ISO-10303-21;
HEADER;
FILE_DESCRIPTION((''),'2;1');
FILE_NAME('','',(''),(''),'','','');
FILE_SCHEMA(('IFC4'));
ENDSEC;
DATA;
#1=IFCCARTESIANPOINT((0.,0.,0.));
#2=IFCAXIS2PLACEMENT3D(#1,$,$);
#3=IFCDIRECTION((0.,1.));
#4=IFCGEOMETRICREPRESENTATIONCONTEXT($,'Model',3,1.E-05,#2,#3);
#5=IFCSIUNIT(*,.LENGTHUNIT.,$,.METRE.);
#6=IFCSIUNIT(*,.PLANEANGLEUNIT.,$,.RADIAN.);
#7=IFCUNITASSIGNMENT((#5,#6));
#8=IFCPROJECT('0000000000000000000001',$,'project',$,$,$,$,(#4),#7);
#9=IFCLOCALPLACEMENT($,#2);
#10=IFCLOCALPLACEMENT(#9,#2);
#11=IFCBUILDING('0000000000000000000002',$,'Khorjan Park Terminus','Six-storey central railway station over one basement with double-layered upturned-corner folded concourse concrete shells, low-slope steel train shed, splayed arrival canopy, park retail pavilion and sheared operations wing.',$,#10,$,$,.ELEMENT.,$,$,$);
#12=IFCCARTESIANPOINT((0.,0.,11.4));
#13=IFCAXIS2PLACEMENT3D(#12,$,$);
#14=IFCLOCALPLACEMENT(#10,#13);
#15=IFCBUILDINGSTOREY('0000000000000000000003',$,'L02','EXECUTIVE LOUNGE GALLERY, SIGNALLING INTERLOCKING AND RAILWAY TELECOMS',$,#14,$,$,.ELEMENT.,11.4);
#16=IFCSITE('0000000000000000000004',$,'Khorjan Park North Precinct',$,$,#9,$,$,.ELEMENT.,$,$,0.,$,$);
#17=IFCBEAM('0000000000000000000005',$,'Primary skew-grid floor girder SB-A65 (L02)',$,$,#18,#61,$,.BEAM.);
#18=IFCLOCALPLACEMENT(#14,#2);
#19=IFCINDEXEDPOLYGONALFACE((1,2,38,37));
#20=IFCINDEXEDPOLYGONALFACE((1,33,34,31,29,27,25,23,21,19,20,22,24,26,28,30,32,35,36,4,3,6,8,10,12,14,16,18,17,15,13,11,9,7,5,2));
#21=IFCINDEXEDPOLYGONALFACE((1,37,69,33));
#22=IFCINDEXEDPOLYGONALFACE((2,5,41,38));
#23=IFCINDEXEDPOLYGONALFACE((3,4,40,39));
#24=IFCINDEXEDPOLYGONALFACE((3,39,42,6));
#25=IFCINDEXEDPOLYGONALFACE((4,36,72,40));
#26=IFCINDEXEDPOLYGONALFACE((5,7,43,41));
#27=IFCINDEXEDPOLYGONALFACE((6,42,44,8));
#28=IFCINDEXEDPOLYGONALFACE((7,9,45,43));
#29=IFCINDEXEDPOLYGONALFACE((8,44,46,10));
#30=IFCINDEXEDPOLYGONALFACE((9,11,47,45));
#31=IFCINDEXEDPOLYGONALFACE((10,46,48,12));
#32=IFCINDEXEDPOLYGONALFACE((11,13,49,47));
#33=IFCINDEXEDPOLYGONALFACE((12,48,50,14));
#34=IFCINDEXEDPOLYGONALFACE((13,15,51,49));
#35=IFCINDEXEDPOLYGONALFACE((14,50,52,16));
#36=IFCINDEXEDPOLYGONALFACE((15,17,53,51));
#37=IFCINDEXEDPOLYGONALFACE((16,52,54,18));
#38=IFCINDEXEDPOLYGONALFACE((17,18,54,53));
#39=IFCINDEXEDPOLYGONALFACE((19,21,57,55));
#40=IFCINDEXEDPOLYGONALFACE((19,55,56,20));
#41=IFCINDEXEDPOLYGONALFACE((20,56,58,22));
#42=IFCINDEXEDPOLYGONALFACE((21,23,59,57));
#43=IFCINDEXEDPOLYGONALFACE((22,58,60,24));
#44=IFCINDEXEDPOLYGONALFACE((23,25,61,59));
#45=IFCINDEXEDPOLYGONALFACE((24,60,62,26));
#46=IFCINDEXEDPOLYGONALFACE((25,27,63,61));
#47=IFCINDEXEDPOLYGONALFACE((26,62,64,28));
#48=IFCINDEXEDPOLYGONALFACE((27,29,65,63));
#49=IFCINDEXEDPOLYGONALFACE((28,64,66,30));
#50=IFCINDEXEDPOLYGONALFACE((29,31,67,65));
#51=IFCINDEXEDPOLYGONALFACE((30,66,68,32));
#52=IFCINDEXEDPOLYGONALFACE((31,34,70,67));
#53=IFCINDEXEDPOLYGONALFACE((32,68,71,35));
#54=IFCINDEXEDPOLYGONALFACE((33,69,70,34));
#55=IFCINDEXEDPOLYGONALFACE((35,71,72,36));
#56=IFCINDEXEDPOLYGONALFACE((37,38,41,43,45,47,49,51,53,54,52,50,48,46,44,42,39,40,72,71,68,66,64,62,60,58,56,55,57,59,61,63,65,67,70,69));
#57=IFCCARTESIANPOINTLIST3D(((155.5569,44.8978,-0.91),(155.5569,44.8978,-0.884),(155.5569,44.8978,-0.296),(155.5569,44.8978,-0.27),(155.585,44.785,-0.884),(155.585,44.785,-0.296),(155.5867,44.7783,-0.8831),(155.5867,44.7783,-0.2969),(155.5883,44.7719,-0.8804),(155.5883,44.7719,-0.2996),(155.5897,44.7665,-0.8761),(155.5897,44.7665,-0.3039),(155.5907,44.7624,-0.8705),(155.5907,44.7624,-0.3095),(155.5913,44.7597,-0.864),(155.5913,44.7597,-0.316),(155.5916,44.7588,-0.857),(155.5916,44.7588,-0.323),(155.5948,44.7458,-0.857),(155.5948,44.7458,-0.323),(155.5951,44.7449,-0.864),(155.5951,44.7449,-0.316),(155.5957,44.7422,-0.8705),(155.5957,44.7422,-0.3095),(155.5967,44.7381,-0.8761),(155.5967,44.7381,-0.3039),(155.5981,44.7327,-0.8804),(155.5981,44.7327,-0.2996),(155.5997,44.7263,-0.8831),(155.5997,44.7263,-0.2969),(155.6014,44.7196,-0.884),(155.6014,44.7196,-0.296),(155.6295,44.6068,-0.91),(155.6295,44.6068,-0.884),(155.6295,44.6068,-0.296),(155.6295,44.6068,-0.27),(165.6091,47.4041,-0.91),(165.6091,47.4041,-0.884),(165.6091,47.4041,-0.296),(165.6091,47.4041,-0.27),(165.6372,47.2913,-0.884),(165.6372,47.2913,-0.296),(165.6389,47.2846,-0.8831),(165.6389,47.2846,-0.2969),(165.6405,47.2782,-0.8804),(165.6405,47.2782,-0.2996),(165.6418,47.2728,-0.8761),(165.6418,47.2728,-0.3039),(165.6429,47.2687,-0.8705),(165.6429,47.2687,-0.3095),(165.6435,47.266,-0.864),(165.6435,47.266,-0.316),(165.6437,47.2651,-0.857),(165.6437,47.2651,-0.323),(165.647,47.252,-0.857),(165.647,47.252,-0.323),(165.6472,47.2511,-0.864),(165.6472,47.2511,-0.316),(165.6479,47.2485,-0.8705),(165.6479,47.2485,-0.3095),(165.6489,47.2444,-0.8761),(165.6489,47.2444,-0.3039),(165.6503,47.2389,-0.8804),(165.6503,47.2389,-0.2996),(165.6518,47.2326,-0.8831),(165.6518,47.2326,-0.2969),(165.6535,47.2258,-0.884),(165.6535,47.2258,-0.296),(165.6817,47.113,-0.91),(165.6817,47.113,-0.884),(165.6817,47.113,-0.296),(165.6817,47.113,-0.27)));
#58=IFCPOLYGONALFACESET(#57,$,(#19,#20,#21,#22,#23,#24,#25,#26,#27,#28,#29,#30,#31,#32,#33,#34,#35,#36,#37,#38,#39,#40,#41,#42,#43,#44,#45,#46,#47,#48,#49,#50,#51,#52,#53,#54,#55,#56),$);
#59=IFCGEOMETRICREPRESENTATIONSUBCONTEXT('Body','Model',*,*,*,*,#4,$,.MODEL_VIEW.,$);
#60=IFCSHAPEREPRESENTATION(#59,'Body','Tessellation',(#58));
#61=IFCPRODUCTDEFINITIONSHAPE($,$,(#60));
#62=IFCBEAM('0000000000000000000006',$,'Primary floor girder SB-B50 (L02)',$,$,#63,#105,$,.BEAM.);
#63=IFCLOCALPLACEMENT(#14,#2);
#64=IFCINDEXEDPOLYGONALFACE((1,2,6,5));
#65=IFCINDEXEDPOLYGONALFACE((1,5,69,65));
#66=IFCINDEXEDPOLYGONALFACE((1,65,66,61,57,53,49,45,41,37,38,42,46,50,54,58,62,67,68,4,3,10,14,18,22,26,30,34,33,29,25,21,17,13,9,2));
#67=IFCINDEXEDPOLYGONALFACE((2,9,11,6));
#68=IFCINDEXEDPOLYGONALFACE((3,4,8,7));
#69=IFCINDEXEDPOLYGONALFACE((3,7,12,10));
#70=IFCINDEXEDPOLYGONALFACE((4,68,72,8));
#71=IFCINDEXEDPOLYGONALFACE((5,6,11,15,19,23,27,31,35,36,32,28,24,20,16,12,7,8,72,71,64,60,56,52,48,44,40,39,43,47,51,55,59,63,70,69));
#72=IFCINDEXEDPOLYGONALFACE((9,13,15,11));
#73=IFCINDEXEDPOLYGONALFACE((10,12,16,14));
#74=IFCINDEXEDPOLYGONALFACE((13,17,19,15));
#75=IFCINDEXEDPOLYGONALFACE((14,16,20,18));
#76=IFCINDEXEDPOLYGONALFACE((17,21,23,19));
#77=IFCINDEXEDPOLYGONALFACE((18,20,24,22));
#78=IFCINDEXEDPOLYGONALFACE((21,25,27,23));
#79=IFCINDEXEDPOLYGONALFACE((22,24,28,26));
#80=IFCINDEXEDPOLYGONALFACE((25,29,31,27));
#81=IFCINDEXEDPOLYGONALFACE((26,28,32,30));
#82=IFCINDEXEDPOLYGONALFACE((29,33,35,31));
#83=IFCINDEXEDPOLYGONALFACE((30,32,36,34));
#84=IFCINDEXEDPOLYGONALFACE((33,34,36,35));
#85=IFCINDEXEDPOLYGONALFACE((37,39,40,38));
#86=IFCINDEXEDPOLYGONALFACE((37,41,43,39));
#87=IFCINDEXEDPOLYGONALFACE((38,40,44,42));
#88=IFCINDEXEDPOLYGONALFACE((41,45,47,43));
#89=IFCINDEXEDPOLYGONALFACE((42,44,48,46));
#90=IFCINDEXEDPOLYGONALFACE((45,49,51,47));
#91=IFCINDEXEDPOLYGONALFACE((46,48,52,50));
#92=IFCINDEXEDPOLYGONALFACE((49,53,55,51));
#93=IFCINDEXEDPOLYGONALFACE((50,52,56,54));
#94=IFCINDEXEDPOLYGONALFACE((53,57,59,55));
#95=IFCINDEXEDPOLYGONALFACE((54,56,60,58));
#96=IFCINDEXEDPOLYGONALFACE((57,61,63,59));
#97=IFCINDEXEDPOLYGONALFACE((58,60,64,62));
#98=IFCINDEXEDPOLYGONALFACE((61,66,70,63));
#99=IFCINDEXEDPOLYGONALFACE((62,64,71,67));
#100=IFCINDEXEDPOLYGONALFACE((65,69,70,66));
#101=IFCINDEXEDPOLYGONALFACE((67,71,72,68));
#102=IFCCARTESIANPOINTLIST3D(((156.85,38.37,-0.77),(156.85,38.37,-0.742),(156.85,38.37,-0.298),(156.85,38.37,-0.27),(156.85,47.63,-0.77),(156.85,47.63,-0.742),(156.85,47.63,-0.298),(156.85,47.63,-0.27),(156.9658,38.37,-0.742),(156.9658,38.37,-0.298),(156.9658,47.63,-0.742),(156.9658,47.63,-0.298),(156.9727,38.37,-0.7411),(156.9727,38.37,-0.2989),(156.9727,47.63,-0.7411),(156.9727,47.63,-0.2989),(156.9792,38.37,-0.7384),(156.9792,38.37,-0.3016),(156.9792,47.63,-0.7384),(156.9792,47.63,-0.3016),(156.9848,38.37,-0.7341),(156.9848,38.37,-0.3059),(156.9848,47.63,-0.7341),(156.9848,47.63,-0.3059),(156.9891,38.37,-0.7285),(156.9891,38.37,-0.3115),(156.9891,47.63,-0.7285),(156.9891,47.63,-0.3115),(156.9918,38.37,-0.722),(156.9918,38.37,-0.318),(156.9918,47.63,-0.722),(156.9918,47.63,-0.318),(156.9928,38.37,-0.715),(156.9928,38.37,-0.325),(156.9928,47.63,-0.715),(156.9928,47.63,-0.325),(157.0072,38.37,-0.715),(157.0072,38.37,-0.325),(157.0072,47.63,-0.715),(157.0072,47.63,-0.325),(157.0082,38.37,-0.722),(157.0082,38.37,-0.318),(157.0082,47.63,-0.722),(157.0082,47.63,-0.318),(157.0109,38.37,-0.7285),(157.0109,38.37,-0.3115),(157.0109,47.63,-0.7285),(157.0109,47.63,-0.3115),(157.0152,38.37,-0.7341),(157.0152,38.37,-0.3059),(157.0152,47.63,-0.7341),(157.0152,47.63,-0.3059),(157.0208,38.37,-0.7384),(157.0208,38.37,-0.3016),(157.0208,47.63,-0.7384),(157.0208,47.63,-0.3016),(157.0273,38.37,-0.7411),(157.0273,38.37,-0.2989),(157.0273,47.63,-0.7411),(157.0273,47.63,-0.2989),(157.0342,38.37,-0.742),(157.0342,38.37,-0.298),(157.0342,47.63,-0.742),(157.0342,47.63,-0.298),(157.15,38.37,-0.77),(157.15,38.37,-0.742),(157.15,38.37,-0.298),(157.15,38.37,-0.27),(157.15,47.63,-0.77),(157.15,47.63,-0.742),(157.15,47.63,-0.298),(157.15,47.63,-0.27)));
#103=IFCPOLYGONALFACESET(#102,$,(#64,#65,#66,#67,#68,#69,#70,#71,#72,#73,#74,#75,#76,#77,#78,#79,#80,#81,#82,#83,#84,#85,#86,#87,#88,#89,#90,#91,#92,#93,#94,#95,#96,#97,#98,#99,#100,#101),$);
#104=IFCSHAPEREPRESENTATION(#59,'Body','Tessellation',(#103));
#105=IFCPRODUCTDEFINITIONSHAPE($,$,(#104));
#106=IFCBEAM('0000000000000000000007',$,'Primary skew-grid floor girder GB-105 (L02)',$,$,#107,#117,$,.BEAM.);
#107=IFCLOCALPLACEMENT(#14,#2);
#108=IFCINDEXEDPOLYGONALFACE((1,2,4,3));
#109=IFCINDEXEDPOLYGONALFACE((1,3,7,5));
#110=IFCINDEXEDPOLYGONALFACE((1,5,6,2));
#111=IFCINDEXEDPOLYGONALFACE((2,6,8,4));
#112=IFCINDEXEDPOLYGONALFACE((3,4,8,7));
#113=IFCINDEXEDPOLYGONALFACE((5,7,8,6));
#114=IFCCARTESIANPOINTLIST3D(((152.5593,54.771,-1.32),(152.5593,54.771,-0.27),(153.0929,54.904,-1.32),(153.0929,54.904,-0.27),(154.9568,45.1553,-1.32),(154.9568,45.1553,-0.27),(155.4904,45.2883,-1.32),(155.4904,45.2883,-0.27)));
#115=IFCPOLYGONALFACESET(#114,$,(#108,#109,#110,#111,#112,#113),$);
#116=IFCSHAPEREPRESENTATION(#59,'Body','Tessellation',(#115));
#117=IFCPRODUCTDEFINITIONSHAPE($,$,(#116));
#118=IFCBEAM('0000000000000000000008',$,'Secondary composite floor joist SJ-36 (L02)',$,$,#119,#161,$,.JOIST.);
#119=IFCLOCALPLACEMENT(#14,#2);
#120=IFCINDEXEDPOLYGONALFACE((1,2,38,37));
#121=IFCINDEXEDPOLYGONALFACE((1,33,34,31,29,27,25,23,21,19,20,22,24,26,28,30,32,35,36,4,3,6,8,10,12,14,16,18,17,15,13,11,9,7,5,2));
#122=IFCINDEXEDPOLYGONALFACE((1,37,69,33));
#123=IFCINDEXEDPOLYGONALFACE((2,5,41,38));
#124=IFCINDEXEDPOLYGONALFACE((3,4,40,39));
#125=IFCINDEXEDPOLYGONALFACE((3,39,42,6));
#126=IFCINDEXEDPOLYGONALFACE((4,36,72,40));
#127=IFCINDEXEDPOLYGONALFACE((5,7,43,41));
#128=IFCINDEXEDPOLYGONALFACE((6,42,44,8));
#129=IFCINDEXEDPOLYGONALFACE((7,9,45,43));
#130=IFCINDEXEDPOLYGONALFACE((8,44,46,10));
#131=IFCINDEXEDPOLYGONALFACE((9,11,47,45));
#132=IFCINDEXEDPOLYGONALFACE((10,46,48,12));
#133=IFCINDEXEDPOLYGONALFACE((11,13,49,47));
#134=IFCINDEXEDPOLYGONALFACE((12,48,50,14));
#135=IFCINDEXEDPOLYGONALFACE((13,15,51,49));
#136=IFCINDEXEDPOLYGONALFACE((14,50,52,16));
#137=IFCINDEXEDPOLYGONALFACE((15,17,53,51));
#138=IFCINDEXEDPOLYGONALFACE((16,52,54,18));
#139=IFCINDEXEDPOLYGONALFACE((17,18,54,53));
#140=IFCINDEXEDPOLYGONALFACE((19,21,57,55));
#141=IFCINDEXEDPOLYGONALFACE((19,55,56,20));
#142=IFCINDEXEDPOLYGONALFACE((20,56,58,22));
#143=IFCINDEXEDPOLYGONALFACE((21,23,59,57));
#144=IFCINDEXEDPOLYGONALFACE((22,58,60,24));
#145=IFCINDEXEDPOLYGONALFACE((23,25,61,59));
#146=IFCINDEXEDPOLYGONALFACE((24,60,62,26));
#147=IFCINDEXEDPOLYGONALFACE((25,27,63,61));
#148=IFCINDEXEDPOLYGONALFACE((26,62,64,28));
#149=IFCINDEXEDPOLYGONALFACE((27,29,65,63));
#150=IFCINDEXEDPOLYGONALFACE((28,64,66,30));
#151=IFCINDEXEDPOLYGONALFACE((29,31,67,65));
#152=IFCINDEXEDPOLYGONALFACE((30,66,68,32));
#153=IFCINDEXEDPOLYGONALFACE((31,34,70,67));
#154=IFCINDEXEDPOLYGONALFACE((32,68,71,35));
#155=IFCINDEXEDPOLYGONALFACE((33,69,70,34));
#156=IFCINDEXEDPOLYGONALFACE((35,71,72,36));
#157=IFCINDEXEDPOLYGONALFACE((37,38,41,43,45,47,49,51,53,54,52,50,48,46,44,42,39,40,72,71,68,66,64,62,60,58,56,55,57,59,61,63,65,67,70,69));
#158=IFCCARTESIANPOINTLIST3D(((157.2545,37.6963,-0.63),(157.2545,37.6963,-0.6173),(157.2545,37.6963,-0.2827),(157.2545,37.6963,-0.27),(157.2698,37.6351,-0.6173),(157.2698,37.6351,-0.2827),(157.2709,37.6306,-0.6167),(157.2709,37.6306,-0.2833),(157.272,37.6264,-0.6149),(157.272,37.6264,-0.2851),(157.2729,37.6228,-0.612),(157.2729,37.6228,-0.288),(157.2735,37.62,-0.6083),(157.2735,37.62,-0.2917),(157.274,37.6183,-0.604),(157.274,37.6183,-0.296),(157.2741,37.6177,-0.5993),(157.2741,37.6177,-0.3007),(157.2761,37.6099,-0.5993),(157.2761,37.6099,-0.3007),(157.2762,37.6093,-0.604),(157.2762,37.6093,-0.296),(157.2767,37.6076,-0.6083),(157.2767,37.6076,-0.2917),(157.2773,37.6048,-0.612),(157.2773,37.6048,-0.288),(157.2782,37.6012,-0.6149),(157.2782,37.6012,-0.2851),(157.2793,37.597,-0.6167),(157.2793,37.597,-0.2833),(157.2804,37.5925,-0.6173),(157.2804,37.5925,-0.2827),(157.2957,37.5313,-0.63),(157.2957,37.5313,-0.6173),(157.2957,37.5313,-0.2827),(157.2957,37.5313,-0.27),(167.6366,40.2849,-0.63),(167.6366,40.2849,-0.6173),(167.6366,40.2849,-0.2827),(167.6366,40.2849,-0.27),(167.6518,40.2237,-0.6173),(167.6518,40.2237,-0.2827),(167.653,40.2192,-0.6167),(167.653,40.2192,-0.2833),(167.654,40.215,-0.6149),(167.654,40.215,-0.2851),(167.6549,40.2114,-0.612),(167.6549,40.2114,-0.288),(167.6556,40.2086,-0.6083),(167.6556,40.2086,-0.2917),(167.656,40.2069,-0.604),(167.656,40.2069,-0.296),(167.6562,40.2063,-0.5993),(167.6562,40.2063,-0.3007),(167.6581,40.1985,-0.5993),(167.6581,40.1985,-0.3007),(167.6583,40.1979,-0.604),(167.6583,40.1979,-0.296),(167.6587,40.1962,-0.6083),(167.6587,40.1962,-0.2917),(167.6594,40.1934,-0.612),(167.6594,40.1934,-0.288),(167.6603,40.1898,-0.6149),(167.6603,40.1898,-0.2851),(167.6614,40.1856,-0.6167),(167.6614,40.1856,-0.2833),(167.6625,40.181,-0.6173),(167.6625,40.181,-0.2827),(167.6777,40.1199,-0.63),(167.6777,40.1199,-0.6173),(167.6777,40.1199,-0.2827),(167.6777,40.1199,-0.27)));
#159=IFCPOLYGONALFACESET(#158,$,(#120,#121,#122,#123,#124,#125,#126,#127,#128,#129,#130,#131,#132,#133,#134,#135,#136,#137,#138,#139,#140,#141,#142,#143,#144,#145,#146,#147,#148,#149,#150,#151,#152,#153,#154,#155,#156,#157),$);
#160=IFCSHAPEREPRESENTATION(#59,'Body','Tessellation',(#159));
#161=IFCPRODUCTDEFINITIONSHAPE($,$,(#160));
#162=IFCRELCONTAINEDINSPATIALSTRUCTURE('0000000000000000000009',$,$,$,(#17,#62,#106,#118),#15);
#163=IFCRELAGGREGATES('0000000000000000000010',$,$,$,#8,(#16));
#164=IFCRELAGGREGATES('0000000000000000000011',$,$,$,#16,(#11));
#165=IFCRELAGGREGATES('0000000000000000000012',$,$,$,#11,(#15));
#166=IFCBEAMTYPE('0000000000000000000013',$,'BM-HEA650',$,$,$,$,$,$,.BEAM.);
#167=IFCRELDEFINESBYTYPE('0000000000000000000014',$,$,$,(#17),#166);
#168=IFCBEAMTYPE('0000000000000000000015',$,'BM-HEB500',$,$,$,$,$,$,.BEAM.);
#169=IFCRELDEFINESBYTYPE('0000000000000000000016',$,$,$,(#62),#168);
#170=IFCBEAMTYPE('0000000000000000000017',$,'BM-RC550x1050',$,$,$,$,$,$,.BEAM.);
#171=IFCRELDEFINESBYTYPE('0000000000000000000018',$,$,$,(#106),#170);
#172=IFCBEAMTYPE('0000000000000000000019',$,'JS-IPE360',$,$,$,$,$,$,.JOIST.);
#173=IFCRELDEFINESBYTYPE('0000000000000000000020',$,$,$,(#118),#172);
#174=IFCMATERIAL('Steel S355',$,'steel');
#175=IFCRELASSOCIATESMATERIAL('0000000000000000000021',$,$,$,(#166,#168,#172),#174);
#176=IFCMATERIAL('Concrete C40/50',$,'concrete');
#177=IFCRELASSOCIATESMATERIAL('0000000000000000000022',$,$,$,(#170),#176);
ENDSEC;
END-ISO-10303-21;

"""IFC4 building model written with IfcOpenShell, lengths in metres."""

from ifc_helpers import new_model, si_unit, direction, frame, origin, origin_2d, place, context, subcontext, project, spatial, rectangle, i_section, extrude, material, material_profile, profile_set, type_object, element, save


model = new_model("IFC4")

# Units and contexts
model_context = context("Model", 3, precision=1e-05, world=origin(), true_north=direction((0.0, 1.0)))
body_context = subcontext(model_context, "Body", "Model", "MODEL_VIEW")
ifc_project = project(units=[si_unit("LENGTHUNIT", "METRE"), si_unit("PLANEANGLEUNIT", "RADIAN")], contexts=[model_context])

# Site, building, storey
site_placement = place(None, origin())
site = spatial("IfcSite", under=ifc_project, at=site_placement, Name="Khorjan Park North Precinct", CompositionType="ELEMENT", RefElevation=0.0)
building_placement = place(site_placement, origin())
building = spatial("IfcBuilding", under=site, at=building_placement, Name="Khorjan Park Terminus", Description="Six-storey central railway station over one basement with double-layered upturned-corner folded concourse concrete shells, low-slope steel train shed, splayed arrival canopy, park retail pavilion and sheared operations wing.", CompositionType="ELEMENT")
storey_placement = place(building_placement, frame((0.0, 0.0, 11.4)))
storey = spatial("IfcBuildingStorey", under=building, at=storey_placement, Name="L02", Description="EXECUTIVE LOUNGE GALLERY, SIGNALLING INTERLOCKING AND RAILWAY TELECOMS", CompositionType="ELEMENT", Elevation=11.4)

# Beams
ifc_material_1 = material(Name="Steel S355", Category="steel")
ifc_material_profile_1 = material_profile(ifc_material_1, i_section(OverallWidth=0.3, OverallDepth=0.64, WebThickness=0.0135, FlangeThickness=0.026, FilletRadius=0.027, at=origin_2d()), Name="HEA 650")
ifc_profile_set_1 = profile_set([ifc_material_profile_1], Name="Steel S355")
beam_type_1 = type_object("IfcBeamType", Name="BM-HEA650", PredefinedType="BEAM", material=ifc_profile_set_1)
beam_1_placement = place(storey_placement, frame((155.5932, 44.7523, -0.59), z_axis=(0.970296, 0.241922, 0.0), x_axis=(-0.241922, 0.970296, 0.0)))
element("IfcBeam", 1, at=beam_1_placement, inside=storey, type_object=beam_type_1, Name="Primary skew-grid floor girder SB-A65 (L02)", PredefinedType="BEAM", context=body_context, shape_type="SweptSolid", body=[
    extrude(i_section(OverallWidth=0.3, OverallDepth=0.64, WebThickness=0.0135, FlangeThickness=0.026, FilletRadius=0.027, at=origin_2d()), origin(), (0.0, 0.0, 1.0), 10.3599),
])
ifc_material_profile_2 = material_profile(ifc_material_1, i_section(OverallWidth=0.3, OverallDepth=0.5, WebThickness=0.0145, FlangeThickness=0.028, FilletRadius=0.027, at=origin_2d()), Name="HEB 500")
ifc_profile_set_2 = profile_set([ifc_material_profile_2], Name="Steel S355")
beam_type_2 = type_object("IfcBeamType", Name="BM-HEB500", PredefinedType="BEAM", material=ifc_profile_set_2)
beam_2_placement = place(storey_placement, frame((157.0, 38.37, -0.52), z_axis=(0.0, 1.0, 0.0), x_axis=(-1.0, 0.0, 0.0)))
element("IfcBeam", 2, at=beam_2_placement, inside=storey, type_object=beam_type_2, Name="Primary floor girder SB-B50 (L02)", PredefinedType="BEAM", context=body_context, shape_type="SweptSolid", body=[
    extrude(i_section(OverallWidth=0.3, OverallDepth=0.5, WebThickness=0.0145, FlangeThickness=0.028, FilletRadius=0.027, at=origin_2d()), origin(), (0.0, 0.0, 1.0), 9.26),
])
ifc_material_2 = material(Name="Concrete C40/50", Category="concrete")
ifc_material_profile_3 = material_profile(ifc_material_2, rectangle(XDim=0.55, YDim=1.05, at=origin_2d()), Name="RC 550x1050")
ifc_profile_set_3 = profile_set([ifc_material_profile_3], Name="Concrete C40/50")
beam_type_3 = type_object("IfcBeamType", Name="BM-RC550x1050", PredefinedType="BEAM", material=ifc_profile_set_3)
beam_3_placement = place(storey_placement, frame((155.2236, 45.2218, -0.795), z_axis=(-0.241925, 0.970295, 0.0), x_axis=(-0.970295, -0.241925, 0.0)))
element("IfcBeam", 3, at=beam_3_placement, inside=storey, type_object=beam_type_3, Name="Primary skew-grid floor girder GB-105 (L02)", PredefinedType="BEAM", context=body_context, shape_type="SweptSolid", body=[
    extrude(rectangle(XDim=0.55, YDim=1.05, at=origin_2d()), origin(), (0.0, 0.0, 1.0), 9.9101),
])
ifc_material_profile_4 = material_profile(ifc_material_1, i_section(OverallWidth=0.17, OverallDepth=0.36, WebThickness=0.008, FlangeThickness=0.0127, FilletRadius=0.018, at=origin_2d()), Name="IPE 360")
ifc_profile_set_4 = profile_set([ifc_material_profile_4], Name="Steel S355")
beam_type_4 = type_object("IfcBeamType", Name="JS-IPE360", PredefinedType="JOIST", material=ifc_profile_set_4)
beam_4_placement = place(storey_placement, frame((157.2751, 37.6138, -0.45), z_axis=(0.970295, 0.241926, 0.0), x_axis=(-0.241926, 0.970295, 0.0)))
element("IfcBeam", 4, at=beam_4_placement, inside=storey, type_object=beam_type_4, Name="Secondary composite floor joist SJ-36 (L02)", PredefinedType="JOIST", context=body_context, shape_type="SweptSolid", body=[
    extrude(i_section(OverallWidth=0.17, OverallDepth=0.36, WebThickness=0.008, FlangeThickness=0.0127, FilletRadius=0.018, at=origin_2d()), origin(), (0.0, 0.0, 1.0), 10.6999),
])

save(model, "model.ifc")
